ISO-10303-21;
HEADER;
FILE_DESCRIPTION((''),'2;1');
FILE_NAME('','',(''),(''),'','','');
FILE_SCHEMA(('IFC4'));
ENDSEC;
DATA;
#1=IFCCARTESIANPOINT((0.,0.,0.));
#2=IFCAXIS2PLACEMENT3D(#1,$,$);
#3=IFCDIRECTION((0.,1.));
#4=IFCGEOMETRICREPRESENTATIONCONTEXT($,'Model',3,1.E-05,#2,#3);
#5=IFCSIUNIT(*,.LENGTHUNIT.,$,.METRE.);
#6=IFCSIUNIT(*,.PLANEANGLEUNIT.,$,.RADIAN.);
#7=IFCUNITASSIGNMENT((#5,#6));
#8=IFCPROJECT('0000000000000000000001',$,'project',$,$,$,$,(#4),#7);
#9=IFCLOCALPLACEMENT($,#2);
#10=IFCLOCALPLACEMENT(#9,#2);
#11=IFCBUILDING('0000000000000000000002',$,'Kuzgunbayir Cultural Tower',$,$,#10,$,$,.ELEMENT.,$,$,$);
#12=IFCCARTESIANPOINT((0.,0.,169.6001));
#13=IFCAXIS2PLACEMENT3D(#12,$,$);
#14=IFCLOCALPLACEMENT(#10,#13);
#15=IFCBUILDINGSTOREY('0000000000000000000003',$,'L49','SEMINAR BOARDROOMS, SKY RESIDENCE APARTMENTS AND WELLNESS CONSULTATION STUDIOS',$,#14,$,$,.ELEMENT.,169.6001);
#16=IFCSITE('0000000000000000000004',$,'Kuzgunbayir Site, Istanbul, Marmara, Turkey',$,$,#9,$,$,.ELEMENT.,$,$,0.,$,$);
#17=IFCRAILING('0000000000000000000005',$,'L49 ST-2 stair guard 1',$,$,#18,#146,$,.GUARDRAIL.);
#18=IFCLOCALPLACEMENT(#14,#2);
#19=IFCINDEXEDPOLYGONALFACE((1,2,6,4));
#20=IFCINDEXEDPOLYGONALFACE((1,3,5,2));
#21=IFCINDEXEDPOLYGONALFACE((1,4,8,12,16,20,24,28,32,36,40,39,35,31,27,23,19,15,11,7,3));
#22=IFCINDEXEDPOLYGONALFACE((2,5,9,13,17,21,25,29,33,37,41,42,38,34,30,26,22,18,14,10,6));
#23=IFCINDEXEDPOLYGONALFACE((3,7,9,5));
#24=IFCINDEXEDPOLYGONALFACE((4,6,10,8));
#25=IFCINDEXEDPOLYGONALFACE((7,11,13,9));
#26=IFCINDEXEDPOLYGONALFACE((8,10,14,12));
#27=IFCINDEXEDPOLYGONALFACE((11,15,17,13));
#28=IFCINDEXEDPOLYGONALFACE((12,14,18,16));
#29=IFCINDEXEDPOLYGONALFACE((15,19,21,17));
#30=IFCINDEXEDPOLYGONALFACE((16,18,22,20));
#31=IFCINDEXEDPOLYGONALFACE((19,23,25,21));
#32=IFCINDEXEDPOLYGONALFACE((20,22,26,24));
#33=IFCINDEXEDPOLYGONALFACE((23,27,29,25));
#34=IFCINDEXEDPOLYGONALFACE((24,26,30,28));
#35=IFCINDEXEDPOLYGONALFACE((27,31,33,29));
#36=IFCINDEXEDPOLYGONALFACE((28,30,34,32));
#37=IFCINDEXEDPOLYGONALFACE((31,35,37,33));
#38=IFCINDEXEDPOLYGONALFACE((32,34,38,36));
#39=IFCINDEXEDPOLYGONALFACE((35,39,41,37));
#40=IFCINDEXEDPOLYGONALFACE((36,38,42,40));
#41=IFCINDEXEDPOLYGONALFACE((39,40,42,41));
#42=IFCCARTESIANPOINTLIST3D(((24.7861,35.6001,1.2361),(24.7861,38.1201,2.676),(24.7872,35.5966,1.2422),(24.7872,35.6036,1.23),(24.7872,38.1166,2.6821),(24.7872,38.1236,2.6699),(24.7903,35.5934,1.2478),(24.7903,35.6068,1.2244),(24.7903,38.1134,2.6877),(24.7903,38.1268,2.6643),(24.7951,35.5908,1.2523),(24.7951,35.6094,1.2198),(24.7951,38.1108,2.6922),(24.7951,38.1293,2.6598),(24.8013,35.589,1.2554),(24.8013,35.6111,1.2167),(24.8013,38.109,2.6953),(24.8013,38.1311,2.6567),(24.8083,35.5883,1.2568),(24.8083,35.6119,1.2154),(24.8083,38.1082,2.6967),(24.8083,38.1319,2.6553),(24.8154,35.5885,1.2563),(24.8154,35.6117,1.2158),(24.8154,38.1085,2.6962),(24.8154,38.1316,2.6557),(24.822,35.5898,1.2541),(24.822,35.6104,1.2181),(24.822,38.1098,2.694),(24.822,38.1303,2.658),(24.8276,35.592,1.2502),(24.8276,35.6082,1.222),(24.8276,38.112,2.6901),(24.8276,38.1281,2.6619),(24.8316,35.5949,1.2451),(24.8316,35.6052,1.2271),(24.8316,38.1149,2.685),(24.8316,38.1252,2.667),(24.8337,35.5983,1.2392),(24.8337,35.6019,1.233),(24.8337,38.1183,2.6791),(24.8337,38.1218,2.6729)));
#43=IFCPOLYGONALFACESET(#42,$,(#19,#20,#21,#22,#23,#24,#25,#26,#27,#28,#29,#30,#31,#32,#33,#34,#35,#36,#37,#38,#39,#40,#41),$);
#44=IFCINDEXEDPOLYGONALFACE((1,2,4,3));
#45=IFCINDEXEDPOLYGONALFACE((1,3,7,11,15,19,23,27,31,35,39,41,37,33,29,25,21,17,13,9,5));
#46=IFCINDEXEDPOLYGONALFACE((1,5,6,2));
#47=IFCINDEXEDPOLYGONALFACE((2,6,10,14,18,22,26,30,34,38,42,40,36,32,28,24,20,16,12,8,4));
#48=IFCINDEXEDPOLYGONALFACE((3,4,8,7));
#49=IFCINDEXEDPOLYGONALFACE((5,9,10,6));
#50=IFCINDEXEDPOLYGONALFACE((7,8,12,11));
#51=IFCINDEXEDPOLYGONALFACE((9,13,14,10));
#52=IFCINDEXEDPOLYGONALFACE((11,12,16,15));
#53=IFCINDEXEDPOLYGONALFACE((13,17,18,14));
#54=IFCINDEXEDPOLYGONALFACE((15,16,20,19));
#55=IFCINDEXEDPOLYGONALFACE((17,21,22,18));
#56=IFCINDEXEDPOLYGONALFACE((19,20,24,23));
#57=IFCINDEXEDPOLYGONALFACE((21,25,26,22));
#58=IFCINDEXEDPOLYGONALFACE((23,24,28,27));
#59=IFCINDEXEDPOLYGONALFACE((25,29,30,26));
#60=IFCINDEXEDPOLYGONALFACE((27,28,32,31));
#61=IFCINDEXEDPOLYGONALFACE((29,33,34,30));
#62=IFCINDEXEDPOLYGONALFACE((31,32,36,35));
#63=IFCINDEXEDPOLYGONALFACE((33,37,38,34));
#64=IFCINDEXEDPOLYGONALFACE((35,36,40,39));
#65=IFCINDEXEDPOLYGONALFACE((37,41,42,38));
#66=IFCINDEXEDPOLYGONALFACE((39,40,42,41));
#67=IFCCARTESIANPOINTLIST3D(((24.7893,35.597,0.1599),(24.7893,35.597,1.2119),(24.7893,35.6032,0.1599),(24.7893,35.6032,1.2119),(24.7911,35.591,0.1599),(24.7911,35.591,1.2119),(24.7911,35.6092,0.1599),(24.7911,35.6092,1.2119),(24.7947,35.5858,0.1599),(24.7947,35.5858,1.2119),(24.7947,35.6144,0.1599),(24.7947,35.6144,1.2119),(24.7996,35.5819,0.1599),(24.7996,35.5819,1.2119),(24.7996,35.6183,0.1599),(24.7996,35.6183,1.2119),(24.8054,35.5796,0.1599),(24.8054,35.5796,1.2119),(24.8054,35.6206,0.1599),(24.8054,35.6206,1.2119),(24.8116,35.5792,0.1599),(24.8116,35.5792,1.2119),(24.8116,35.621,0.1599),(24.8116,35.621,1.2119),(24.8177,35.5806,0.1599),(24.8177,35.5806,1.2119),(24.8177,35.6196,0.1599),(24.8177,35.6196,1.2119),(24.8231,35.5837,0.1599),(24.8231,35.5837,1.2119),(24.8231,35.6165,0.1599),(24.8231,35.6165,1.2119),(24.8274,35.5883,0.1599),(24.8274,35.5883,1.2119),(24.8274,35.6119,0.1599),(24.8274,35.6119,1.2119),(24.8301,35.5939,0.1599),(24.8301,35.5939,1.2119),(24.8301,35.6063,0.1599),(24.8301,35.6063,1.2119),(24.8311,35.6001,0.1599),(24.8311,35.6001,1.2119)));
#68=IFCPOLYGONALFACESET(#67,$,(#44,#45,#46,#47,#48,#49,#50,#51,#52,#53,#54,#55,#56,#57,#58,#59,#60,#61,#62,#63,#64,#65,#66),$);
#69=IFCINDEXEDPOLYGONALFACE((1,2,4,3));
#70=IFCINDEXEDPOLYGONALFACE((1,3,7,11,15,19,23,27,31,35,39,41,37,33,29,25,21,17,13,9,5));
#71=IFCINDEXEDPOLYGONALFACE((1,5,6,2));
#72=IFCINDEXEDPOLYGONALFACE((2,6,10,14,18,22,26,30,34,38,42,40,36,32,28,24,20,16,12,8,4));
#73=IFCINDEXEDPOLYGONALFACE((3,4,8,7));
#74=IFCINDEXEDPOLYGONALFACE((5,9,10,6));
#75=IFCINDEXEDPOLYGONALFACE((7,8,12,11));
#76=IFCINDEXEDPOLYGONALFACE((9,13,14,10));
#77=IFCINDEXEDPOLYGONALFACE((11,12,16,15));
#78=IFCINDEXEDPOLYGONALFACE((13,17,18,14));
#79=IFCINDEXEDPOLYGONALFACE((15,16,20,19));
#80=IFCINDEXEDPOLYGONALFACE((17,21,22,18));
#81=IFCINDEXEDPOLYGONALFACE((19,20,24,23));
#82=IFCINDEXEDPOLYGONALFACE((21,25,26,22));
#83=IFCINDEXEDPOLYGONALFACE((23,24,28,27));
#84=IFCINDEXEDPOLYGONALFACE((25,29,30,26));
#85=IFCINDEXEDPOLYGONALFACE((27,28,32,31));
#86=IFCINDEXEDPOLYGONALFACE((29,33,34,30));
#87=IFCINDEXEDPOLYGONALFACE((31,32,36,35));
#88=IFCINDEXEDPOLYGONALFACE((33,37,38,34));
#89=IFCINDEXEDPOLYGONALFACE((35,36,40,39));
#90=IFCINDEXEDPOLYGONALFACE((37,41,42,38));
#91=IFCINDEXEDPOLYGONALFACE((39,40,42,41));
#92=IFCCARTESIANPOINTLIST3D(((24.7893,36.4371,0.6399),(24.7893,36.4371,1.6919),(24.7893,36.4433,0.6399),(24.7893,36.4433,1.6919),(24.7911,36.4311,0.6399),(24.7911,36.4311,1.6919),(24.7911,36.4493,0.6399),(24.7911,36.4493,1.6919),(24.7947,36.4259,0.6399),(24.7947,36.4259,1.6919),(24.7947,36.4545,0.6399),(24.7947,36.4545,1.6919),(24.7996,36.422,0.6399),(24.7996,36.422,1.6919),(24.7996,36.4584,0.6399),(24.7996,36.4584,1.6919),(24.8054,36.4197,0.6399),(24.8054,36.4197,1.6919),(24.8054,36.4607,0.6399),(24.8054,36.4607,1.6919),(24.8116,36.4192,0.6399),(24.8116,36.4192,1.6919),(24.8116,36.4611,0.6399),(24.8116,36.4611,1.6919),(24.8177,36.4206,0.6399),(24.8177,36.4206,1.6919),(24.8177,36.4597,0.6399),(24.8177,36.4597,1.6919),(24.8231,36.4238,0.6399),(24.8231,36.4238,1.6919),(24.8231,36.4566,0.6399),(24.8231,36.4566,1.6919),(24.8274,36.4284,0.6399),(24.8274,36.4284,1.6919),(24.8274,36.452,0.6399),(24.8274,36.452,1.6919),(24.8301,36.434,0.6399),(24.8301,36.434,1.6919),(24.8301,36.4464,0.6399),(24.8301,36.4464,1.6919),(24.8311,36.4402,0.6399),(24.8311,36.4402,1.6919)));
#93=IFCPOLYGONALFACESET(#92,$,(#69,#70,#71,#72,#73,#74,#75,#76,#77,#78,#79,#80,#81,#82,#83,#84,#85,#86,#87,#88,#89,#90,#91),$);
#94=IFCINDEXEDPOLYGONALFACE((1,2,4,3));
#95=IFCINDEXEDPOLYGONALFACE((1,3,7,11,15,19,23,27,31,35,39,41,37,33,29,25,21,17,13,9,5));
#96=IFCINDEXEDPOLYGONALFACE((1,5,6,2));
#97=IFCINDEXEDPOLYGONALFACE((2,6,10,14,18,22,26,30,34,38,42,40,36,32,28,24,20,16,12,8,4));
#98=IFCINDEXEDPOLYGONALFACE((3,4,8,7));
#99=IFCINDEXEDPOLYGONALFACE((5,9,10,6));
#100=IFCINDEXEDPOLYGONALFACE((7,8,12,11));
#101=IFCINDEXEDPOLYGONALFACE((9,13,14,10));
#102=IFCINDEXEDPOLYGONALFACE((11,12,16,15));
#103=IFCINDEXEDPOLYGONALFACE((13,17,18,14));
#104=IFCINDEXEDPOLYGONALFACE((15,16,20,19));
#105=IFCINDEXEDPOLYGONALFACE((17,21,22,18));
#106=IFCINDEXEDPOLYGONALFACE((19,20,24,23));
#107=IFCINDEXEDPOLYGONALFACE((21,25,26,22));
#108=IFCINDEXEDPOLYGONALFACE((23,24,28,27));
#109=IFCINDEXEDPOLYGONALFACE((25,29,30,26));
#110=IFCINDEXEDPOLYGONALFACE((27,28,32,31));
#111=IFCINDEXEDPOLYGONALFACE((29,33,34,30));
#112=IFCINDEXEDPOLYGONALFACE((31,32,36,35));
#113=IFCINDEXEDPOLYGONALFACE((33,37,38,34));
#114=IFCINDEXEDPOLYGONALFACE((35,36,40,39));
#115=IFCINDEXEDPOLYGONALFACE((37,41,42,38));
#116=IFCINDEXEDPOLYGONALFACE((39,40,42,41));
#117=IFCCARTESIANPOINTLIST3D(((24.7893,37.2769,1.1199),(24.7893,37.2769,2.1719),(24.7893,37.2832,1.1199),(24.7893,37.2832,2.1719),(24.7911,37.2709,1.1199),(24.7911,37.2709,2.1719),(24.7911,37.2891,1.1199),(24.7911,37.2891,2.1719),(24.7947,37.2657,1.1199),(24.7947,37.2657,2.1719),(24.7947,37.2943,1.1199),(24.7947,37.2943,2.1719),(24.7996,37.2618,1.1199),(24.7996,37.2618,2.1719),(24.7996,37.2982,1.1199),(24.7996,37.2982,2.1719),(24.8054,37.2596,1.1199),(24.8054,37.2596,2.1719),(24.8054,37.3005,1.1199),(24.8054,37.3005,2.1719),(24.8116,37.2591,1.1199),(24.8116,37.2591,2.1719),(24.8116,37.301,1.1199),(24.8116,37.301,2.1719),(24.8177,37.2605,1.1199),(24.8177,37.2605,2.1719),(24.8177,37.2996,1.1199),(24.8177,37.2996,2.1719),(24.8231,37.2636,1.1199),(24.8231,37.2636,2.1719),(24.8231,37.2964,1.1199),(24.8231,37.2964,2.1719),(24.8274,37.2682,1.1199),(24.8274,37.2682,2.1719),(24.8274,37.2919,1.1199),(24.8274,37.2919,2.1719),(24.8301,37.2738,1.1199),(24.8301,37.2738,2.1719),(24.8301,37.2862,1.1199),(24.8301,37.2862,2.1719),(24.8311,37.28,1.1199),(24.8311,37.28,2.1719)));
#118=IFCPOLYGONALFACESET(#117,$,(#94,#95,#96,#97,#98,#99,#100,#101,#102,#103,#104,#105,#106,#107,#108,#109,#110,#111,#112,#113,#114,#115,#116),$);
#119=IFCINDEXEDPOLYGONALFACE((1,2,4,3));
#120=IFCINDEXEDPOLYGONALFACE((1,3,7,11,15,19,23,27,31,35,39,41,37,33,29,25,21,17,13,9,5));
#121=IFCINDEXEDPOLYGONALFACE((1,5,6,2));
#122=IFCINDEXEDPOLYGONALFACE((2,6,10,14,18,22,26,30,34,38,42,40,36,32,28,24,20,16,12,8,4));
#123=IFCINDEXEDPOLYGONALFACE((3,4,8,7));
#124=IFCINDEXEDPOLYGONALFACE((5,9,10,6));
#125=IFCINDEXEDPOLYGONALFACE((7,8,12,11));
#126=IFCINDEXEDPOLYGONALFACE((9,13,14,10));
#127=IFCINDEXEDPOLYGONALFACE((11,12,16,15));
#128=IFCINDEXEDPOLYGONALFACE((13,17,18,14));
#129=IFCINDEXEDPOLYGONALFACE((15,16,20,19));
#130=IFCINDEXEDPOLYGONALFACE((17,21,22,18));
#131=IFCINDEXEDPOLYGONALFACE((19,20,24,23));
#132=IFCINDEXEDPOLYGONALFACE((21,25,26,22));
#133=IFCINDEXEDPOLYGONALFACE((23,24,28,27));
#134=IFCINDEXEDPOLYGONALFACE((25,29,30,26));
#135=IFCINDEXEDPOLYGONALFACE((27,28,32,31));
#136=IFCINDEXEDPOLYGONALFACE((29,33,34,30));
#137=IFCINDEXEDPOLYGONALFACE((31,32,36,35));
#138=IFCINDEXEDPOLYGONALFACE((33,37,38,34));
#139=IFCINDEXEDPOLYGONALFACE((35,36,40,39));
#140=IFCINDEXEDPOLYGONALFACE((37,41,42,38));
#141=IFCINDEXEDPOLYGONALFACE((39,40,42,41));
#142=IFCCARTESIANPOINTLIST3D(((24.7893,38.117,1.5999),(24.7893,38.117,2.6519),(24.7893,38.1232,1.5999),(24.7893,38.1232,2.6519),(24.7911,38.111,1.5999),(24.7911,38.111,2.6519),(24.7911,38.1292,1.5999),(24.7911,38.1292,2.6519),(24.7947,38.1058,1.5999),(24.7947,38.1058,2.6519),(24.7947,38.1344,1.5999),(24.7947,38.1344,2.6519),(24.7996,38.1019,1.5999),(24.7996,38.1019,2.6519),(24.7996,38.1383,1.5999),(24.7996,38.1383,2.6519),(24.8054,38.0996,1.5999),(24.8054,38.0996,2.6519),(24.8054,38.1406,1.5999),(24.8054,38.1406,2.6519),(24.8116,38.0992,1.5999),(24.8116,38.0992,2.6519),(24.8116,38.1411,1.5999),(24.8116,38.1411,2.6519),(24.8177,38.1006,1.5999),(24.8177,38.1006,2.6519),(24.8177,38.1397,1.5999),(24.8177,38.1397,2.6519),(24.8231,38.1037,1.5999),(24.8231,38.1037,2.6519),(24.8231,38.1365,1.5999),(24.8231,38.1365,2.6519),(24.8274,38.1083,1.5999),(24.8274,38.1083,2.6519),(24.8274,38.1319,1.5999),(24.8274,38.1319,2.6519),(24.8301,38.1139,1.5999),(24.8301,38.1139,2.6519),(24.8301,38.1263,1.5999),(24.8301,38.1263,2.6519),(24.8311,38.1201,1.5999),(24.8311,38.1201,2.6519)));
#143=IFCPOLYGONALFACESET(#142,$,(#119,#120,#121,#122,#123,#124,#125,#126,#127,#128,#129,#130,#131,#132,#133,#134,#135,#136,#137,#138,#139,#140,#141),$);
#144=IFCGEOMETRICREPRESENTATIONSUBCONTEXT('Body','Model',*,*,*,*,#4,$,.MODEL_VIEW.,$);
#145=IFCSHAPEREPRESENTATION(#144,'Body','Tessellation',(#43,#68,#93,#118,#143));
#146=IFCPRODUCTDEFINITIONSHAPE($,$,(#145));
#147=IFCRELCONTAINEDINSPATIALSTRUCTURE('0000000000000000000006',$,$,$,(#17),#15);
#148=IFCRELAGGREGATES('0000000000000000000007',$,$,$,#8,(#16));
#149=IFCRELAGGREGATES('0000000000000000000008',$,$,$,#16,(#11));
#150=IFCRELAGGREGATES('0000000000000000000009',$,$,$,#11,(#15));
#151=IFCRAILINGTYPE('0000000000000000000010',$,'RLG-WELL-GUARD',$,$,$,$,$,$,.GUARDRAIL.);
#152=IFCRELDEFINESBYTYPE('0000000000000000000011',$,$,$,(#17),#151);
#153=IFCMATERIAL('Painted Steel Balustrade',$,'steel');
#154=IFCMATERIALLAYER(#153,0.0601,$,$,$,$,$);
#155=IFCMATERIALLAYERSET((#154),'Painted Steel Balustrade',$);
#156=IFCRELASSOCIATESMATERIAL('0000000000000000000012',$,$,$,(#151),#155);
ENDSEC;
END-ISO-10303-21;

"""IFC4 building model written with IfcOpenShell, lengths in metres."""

from ifc_helpers import new_model, si_unit, direction, frame, origin, origin_2d, place, context, subcontext, project, spatial, circle, extrude, material, layer, layer_set, type_object, element, save


model = new_model("IFC4")

# Units and contexts
model_context = context("Model", 3, precision=1e-05, world=origin(), true_north=direction((0.0, 1.0)))
body_context = subcontext(model_context, "Body", "Model", "MODEL_VIEW")
ifc_project = project(units=[si_unit("LENGTHUNIT", "METRE"), si_unit("PLANEANGLEUNIT", "RADIAN")], contexts=[model_context])

# Site, building, storey
site_placement = place(None, origin())
site = spatial("IfcSite", under=ifc_project, at=site_placement, Name="Kuzgunbayir Site, Istanbul, Marmara, Turkey", CompositionType="ELEMENT", RefElevation=0.0)
building_placement = place(site_placement, origin())
building = spatial("IfcBuilding", under=site, at=building_placement, Name="Kuzgunbayir Cultural Tower", CompositionType="ELEMENT")
storey_placement = place(building_placement, frame((0.0, 0.0, 169.6001)))
storey = spatial("IfcBuildingStorey", under=building, at=storey_placement, Name="L49", Description="SEMINAR BOARDROOMS, SKY RESIDENCE APARTMENTS AND WELLNESS CONSULTATION STUDIOS", CompositionType="ELEMENT", Elevation=169.6001)

# Railing
ifc_material_1 = material(Name="Painted Steel Balustrade", Category="steel")
ifc_layer_1 = layer(ifc_material_1, 0.0601)
ifc_layer_set_1 = layer_set([ifc_layer_1], Name="Painted Steel Balustrade")
railing_type_1 = type_object("IfcRailingType", Name="RLG-WELL-GUARD", PredefinedType="GUARDRAIL", material=ifc_layer_set_1)
railing_1_placement = place(storey_placement, frame((24.8101, 35.6001, 0.1599)))
element("IfcRailing", 1, at=railing_1_placement, inside=storey, type_object=railing_type_1, Name="L49 ST-2 stair guard 1", PredefinedType="GUARDRAIL", context=body_context, shape_type="SweptSolid", body=[
    extrude(circle(Radius=0.0239, at=origin_2d()), frame((0.0, 0.0, 1.0762), z_axis=(0.0, 0.868253, 0.496121), x_axis=(-1.0, 0.0, 0.0)), (0.0, 0.0, 1.0), 2.9023),
    extrude(circle(Radius=0.021, at=origin_2d()), origin(), (0.0, 0.0, 1.0), 1.052),
    extrude(circle(Radius=0.021, at=origin_2d()), frame((0.0, 0.8401, 0.48)), (0.0, 0.0, 1.0), 1.052),
    extrude(circle(Radius=0.021, at=origin_2d()), frame((0.0, 1.6799, 0.96)), (0.0, 0.0, 1.0), 1.052),
    extrude(circle(Radius=0.021, at=origin_2d()), frame((0.0, 2.52, 1.4399)), (0.0, 0.0, 1.0), 1.052),
])

save(model, "model.ifc")
